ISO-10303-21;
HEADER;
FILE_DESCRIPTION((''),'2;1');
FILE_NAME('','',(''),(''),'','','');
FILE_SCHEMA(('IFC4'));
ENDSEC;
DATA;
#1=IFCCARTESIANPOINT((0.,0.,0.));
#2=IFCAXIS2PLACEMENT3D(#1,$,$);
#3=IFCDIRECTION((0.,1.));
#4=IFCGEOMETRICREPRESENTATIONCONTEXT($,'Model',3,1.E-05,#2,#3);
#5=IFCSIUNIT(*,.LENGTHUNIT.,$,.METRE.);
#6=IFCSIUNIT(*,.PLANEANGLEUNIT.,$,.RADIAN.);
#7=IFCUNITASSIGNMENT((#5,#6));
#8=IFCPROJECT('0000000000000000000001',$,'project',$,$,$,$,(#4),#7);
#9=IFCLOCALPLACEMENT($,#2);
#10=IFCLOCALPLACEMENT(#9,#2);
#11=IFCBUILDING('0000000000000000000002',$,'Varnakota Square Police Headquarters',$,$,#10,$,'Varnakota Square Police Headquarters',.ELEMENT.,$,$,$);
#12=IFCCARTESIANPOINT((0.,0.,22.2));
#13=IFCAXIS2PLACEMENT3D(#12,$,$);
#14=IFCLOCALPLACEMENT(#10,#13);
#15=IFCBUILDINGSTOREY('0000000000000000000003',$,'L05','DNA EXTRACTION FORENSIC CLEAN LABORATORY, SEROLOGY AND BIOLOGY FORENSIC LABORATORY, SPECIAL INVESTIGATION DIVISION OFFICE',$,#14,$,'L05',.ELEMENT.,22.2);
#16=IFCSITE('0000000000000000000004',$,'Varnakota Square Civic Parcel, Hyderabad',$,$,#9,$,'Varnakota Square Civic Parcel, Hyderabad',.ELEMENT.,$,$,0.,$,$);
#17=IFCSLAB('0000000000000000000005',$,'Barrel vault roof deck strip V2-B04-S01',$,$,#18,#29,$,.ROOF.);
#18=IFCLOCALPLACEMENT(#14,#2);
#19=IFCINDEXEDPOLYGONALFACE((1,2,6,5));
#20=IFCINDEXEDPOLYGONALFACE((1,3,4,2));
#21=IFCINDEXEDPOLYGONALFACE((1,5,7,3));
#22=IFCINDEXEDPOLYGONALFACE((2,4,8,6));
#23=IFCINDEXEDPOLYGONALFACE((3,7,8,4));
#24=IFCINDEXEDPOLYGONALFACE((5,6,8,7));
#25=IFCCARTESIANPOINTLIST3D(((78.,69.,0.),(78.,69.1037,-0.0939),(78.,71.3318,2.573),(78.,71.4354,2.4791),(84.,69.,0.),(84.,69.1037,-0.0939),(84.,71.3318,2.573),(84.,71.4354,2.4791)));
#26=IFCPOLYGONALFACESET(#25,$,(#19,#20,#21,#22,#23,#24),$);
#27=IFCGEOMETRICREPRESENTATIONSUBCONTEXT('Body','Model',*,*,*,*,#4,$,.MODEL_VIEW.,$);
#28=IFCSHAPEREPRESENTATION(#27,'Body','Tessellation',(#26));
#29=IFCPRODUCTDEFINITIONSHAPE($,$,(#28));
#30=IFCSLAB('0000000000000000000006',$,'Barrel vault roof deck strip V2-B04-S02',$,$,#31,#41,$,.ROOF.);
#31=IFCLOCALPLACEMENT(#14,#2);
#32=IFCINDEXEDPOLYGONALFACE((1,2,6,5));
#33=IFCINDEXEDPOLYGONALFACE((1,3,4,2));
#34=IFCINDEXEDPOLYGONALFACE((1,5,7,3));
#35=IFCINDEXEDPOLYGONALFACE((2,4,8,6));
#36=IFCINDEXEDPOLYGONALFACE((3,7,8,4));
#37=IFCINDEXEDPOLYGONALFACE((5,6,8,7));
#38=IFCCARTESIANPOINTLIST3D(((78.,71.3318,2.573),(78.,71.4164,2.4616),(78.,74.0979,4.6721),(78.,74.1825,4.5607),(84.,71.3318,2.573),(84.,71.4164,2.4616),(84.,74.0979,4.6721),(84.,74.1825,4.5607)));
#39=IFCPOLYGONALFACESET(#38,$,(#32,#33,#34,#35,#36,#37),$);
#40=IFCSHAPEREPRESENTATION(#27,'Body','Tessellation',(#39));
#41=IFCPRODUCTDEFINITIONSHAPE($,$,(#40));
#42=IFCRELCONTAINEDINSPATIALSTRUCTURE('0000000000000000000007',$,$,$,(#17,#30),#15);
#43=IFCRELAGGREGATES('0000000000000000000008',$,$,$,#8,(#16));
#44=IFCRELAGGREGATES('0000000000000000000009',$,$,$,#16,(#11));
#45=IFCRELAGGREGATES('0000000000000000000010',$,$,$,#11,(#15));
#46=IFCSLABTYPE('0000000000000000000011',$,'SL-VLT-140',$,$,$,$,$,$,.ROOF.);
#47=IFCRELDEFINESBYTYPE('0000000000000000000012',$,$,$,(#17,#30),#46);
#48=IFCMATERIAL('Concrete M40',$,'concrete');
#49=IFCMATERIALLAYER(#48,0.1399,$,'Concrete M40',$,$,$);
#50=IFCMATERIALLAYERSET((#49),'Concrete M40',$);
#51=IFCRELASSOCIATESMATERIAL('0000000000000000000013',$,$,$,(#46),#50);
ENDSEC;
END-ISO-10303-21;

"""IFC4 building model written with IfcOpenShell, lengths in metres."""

from ifc_helpers import new_model, si_unit, direction, frame, origin, place, context, subcontext, project, spatial, polyline, outline, extrude, material, layer, layer_set, type_object, element, save


model = new_model("IFC4")

# Units and contexts
model_context = context("Model", 3, precision=1e-05, world=origin(), true_north=direction((0.0, 1.0)))
body_context = subcontext(model_context, "Body", "Model", "MODEL_VIEW")
ifc_project = project(units=[si_unit("LENGTHUNIT", "METRE"), si_unit("PLANEANGLEUNIT", "RADIAN")], contexts=[model_context])

# Site, building, storey
site_placement = place(None, origin())
site = spatial("IfcSite", under=ifc_project, at=site_placement, Name="Varnakota Square Civic Parcel, Hyderabad", LongName="Varnakota Square Civic Parcel, Hyderabad", CompositionType="ELEMENT", RefElevation=0.0)
building_placement = place(site_placement, origin())
building = spatial("IfcBuilding", under=site, at=building_placement, Name="Varnakota Square Police Headquarters", LongName="Varnakota Square Police Headquarters", CompositionType="ELEMENT")
storey_placement = place(building_placement, frame((0.0, 0.0, 22.2)))
storey = spatial("IfcBuildingStorey", under=building, at=storey_placement, Name="L05", Description="DNA EXTRACTION FORENSIC CLEAN LABORATORY, SEROLOGY AND BIOLOGY FORENSIC LABORATORY, SPECIAL INVESTIGATION DIVISION OFFICE", LongName="L05", CompositionType="ELEMENT", Elevation=22.2)

# Slabs
ifc_material_1 = material(Name="Concrete M40", Category="concrete")
ifc_layer_1 = layer(ifc_material_1, 0.1399, Name="Concrete M40")
ifc_layer_set_1 = layer_set([ifc_layer_1], Name="Concrete M40")
slab_type = type_object("IfcSlabType", Name="SL-VLT-140", PredefinedType="ROOF", material=ifc_layer_set_1)
slab_1_placement = place(storey_placement, frame((78.0, 69.0, 0.0), z_axis=(0.0, -0.740986, 0.671521), x_axis=(1.0, 0.0, 0.0)))
element("IfcSlab", 1, at=slab_1_placement, inside=storey, type_object=slab_type, Name="Barrel vault roof deck strip V2-B04-S01", PredefinedType="ROOF", context=body_context, shape_type="SweptSolid", body=[
    extrude(outline(polyline([(0.0, 0.0), (6.0, 0.0), (6.0, 3.4724), (0.0, 3.4724), (0.0, 0.0)])), origin(), (0.0, 0.0, -1.0), 0.1399),
])
slab_2_placement = place(storey_placement, frame((78.0, 71.3318, 2.573), z_axis=(0.0, -0.604513, 0.796596), x_axis=(1.0, 0.0, 0.0)))
element("IfcSlab", 2, at=slab_2_placement, inside=storey, type_object=slab_type, Name="Barrel vault roof deck strip V2-B04-S02", PredefinedType="ROOF", context=body_context, shape_type="SweptSolid", body=[
    extrude(outline(polyline([(0.0, 0.0), (6.0, 0.0), (6.0, 3.4724), (0.0, 3.4724), (0.0, 0.0)])), origin(), (0.0, 0.0, -1.0), 0.1399),
])

save(model, "model.ifc")
